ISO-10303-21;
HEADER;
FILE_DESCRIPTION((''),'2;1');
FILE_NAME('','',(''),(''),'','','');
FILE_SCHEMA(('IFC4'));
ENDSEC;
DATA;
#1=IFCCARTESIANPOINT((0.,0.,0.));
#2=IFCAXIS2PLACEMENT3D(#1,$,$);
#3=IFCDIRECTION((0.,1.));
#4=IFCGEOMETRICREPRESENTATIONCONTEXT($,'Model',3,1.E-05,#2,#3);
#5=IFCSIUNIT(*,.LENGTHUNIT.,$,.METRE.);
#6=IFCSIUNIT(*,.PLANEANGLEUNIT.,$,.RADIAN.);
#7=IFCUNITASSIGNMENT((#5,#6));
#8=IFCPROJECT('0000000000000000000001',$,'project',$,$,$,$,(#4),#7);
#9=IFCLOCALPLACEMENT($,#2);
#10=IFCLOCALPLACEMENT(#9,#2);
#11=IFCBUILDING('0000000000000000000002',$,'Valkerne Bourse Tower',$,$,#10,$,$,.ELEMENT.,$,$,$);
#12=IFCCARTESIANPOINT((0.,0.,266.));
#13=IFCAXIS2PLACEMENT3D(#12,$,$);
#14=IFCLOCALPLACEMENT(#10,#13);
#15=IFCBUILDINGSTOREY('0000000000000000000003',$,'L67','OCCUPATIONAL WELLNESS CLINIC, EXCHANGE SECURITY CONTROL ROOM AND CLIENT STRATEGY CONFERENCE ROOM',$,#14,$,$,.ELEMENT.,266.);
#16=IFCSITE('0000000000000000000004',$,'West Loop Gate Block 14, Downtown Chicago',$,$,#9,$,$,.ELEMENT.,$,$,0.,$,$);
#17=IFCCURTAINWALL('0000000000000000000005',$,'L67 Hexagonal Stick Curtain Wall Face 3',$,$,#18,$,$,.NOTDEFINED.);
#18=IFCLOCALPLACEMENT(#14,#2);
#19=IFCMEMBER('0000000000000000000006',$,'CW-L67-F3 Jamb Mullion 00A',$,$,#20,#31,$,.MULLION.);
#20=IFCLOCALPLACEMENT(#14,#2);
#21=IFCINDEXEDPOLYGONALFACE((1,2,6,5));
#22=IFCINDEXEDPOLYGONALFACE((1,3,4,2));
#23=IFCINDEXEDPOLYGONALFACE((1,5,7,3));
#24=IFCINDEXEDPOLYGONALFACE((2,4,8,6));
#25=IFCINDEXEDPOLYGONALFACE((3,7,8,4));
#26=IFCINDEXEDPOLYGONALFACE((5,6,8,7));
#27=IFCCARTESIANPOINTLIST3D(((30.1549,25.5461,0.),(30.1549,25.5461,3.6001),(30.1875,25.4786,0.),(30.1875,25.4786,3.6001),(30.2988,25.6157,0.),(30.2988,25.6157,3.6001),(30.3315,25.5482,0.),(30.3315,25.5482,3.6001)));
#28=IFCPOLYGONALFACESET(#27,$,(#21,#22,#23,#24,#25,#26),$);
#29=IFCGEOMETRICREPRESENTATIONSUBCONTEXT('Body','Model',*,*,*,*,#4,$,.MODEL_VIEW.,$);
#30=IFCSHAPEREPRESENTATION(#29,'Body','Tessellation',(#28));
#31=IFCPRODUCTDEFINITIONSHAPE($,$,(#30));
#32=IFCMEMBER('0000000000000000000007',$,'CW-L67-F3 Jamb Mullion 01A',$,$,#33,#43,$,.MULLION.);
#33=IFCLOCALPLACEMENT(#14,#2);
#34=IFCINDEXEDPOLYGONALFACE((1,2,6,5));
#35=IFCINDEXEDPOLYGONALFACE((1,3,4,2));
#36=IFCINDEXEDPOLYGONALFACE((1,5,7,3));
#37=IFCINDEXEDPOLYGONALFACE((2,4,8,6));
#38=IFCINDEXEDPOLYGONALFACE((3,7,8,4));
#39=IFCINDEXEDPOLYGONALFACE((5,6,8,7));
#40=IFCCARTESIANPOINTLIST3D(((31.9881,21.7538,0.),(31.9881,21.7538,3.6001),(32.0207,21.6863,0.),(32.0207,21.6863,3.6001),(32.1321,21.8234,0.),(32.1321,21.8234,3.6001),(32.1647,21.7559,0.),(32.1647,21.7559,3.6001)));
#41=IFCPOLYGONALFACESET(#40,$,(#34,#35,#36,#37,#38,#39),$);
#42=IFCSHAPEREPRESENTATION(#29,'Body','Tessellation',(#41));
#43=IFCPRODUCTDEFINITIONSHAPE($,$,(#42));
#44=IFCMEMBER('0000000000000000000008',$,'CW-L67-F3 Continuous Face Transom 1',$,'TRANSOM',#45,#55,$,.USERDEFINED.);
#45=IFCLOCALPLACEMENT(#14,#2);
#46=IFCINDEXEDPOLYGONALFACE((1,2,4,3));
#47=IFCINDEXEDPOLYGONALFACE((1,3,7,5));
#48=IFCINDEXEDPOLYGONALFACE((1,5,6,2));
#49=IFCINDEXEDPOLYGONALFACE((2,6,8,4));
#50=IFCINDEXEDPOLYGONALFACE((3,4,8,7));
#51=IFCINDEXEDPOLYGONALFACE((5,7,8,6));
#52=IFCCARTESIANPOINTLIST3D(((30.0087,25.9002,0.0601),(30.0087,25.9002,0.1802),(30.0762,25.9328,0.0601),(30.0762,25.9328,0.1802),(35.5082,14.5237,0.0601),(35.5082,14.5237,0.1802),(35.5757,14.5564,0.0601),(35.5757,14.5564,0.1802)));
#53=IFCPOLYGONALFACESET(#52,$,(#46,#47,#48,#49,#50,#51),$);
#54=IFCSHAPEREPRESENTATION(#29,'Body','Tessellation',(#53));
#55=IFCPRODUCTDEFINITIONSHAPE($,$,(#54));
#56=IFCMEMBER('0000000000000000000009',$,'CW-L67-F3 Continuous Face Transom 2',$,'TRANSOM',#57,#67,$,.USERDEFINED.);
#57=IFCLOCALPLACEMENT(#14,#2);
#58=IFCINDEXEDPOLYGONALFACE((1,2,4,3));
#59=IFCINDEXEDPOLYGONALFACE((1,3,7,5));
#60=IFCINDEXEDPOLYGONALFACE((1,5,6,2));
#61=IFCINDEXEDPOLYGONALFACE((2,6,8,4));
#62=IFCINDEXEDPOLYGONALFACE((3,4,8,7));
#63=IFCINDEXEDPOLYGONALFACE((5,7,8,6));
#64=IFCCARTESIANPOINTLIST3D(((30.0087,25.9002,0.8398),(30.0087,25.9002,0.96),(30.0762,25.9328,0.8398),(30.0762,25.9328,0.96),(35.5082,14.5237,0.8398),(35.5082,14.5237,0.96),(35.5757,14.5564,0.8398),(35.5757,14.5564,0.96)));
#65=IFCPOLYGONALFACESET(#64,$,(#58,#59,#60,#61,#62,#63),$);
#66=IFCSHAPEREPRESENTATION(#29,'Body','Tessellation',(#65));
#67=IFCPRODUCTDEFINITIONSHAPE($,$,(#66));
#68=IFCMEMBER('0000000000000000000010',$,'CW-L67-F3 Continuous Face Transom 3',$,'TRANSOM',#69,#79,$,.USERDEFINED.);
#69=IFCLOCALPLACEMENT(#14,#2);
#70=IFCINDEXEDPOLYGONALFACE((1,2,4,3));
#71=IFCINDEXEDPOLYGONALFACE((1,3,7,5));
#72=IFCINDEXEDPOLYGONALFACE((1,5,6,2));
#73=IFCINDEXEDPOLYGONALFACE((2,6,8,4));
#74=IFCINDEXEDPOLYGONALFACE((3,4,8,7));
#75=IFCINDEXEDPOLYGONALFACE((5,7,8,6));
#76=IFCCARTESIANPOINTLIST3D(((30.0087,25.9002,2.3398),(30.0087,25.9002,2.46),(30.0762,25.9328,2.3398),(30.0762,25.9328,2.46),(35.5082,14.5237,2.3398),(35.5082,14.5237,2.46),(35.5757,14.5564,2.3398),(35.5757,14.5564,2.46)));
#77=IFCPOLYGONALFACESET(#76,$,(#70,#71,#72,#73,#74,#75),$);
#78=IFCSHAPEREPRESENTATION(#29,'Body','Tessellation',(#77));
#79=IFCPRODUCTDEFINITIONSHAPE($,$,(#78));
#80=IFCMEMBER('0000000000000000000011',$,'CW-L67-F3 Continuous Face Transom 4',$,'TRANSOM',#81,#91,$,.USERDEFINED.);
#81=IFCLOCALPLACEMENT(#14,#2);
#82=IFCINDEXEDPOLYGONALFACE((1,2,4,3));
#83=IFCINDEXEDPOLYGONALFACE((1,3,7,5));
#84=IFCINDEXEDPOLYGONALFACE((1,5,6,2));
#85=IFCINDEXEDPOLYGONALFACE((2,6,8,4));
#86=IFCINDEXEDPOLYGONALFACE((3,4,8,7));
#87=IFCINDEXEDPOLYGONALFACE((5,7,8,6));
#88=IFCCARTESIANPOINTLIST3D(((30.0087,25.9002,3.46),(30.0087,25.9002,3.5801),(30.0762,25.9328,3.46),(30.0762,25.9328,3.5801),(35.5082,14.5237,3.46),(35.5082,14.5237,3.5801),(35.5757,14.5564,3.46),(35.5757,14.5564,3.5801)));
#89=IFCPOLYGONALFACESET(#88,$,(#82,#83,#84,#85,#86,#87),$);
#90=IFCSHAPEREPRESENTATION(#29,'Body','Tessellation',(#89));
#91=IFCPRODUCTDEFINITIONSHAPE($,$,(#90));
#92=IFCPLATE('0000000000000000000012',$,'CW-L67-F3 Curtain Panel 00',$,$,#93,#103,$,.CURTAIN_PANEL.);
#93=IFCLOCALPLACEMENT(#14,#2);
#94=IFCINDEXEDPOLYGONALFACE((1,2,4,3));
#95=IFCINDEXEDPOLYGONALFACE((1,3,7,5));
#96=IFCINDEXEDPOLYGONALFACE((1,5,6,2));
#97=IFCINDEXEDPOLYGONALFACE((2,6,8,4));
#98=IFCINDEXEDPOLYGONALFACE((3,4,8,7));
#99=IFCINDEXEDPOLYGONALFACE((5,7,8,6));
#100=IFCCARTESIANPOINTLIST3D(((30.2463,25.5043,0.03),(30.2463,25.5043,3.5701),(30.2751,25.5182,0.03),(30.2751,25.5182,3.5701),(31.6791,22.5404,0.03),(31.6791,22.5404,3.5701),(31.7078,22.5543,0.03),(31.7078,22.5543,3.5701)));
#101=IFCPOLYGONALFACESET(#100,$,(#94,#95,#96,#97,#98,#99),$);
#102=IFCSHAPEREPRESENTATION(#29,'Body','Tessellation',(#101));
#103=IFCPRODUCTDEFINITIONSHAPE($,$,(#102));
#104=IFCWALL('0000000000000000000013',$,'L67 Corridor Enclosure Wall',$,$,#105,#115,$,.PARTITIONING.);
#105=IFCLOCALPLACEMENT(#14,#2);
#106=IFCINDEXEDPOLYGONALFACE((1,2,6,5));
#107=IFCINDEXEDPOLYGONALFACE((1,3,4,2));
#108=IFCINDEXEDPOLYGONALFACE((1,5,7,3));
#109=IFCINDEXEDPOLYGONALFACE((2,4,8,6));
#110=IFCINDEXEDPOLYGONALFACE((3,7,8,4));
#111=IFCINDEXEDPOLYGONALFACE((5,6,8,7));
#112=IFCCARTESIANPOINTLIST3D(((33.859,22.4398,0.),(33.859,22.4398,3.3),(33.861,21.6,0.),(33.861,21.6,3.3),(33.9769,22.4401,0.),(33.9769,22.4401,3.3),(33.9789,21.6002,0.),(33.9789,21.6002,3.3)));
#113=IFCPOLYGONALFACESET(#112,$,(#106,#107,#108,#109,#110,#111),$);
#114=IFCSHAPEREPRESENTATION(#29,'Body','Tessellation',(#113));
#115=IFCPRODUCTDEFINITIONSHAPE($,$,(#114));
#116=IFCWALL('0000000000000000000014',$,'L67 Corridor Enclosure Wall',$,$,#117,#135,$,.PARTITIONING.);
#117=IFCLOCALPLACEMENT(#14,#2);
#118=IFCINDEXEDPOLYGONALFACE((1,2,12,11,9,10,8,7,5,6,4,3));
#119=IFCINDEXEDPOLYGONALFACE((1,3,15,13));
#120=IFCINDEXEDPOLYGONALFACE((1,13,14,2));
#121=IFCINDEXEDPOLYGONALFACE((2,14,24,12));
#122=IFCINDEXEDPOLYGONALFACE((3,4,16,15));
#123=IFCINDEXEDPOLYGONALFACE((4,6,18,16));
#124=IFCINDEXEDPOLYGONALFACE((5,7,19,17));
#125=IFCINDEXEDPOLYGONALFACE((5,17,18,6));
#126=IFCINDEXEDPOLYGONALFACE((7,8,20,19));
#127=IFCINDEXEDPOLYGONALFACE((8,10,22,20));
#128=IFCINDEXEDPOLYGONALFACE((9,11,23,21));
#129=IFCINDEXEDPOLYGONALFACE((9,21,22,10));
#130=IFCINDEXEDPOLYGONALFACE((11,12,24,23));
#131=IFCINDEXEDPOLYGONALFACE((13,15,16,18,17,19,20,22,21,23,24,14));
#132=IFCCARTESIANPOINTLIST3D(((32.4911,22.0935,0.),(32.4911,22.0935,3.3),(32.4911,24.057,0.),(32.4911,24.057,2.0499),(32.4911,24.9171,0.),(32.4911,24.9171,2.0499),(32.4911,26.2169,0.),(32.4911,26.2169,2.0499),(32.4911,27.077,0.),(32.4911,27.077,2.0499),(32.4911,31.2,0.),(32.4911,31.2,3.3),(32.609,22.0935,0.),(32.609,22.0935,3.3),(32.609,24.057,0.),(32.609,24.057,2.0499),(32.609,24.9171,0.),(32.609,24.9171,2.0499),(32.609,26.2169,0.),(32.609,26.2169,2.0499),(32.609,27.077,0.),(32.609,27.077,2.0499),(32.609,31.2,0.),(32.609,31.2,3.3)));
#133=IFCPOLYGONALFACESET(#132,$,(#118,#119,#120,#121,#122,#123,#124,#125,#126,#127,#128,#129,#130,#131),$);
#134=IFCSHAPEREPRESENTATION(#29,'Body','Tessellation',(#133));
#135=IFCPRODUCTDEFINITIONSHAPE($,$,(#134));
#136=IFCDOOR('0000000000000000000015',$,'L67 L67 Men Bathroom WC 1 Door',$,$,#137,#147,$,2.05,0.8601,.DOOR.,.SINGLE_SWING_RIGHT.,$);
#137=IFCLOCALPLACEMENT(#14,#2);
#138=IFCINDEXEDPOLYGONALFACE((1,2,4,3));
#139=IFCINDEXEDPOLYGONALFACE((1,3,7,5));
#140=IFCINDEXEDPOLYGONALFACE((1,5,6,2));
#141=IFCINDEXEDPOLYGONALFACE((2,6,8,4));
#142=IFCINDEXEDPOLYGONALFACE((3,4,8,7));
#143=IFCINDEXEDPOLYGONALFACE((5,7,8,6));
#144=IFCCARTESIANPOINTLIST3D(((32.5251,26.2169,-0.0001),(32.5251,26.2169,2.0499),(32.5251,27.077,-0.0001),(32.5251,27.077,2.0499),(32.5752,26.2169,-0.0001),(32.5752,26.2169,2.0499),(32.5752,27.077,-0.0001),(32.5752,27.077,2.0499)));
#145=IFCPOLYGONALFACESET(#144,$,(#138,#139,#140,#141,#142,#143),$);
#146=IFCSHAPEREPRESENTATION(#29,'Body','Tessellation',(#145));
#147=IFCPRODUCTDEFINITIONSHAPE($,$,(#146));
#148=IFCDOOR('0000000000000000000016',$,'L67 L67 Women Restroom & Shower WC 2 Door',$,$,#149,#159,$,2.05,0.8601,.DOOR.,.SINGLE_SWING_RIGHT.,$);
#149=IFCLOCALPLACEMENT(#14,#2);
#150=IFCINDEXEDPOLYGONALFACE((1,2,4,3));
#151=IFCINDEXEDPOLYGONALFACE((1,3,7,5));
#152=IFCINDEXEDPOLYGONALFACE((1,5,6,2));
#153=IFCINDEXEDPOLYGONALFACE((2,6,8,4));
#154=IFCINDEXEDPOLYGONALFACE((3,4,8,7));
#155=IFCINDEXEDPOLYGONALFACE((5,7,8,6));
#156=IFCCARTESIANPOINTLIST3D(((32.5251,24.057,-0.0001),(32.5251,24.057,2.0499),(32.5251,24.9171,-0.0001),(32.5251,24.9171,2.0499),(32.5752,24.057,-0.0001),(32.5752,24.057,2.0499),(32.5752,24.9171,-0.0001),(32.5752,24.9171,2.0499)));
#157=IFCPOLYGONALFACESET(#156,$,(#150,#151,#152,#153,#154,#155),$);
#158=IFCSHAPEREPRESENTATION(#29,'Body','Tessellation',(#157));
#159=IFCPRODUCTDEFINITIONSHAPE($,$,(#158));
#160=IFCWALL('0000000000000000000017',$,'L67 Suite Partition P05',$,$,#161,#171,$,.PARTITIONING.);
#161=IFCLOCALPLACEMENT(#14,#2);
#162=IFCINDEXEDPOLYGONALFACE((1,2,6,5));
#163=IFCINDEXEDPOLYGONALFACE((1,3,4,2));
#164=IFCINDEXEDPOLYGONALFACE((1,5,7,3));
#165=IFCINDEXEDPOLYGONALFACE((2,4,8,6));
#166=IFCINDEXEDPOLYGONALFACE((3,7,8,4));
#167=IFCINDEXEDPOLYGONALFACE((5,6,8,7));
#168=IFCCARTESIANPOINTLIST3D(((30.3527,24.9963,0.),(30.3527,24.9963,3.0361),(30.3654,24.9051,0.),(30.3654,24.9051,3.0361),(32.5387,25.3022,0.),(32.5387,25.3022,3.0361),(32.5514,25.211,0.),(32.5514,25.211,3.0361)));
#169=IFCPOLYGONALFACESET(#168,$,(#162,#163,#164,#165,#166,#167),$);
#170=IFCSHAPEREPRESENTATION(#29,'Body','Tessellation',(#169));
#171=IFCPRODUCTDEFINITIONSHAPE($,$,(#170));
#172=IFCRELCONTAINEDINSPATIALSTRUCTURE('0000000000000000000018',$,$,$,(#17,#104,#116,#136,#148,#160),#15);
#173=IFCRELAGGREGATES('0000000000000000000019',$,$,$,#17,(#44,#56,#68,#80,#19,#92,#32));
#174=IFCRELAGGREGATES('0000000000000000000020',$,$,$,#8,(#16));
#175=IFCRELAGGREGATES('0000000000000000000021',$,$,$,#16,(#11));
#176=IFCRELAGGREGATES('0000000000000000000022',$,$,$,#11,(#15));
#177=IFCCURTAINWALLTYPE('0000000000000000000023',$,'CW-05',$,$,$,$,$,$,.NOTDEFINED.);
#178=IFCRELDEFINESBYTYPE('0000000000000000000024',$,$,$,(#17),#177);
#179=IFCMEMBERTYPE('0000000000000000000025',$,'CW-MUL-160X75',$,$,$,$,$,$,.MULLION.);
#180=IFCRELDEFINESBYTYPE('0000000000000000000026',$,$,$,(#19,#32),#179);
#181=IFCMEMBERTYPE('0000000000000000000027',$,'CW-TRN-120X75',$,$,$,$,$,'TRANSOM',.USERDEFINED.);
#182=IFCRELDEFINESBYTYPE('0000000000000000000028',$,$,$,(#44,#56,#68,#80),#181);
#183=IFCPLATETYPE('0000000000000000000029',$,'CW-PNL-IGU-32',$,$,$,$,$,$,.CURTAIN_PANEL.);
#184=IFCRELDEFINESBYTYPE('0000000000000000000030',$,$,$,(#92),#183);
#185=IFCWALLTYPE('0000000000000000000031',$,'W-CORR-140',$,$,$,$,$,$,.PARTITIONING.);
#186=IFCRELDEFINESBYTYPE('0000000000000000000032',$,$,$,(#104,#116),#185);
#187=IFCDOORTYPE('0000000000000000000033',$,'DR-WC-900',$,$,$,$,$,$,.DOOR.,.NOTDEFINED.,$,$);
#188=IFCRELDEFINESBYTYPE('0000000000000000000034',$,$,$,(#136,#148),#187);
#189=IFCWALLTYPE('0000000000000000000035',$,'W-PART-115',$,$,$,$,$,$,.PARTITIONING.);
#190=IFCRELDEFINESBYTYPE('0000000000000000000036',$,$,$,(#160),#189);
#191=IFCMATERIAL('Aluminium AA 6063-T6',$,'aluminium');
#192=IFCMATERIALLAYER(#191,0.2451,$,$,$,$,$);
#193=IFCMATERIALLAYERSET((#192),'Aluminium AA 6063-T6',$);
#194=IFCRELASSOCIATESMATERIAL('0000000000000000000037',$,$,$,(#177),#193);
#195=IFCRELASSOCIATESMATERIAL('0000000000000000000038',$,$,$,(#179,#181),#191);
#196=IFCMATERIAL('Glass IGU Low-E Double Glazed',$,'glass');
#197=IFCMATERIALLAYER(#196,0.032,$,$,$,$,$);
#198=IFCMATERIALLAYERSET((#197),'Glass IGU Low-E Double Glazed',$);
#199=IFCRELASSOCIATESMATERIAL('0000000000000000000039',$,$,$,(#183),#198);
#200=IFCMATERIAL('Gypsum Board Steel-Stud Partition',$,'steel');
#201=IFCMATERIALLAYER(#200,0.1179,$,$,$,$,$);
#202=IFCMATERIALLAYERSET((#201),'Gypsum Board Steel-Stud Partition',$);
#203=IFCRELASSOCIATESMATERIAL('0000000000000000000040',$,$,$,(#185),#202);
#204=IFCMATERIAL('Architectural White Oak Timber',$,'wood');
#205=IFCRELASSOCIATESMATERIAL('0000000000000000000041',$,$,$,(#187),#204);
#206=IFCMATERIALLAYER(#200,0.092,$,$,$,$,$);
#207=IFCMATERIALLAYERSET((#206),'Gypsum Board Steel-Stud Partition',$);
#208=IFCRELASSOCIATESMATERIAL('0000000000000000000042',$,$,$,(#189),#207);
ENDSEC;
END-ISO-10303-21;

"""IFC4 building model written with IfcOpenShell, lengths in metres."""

from ifc_helpers import new_model, si_unit, direction, frame, frame_2d, origin, origin_2d, place, context, subcontext, project, spatial, rectangle, extrude, material, layer, layer_set, material_profile, profile_set, type_object, element, fill, aggregate, save


model = new_model("IFC4")

# Units and contexts
model_context = context("Model", 3, precision=1e-05, world=origin(), true_north=direction((0.0, 1.0)))
body_context = subcontext(model_context, "Body", "Model", "MODEL_VIEW")
ifc_project = project(units=[si_unit("LENGTHUNIT", "METRE"), si_unit("PLANEANGLEUNIT", "RADIAN")], contexts=[model_context])

# Site, building, storey
site_placement = place(None, origin())
site = spatial("IfcSite", under=ifc_project, at=site_placement, Name="West Loop Gate Block 14, Downtown Chicago", CompositionType="ELEMENT", RefElevation=0.0)
building_placement = place(site_placement, origin())
building = spatial("IfcBuilding", under=site, at=building_placement, Name="Valkerne Bourse Tower", CompositionType="ELEMENT")
storey_placement = place(building_placement, frame((0.0, 0.0, 266.0)))
storey = spatial("IfcBuildingStorey", under=building, at=storey_placement, Name="L67", Description="OCCUPATIONAL WELLNESS CLINIC, EXCHANGE SECURITY CONTROL ROOM AND CLIENT STRATEGY CONFERENCE ROOM", CompositionType="ELEMENT", Elevation=266.0)

# Curtain wall, members, plate
ifc_material_1 = material(Name="Aluminium AA 6063-T6", Category="aluminium")
ifc_layer_1 = layer(ifc_material_1, 0.2451)
ifc_layer_set_1 = layer_set([ifc_layer_1], Name="Aluminium AA 6063-T6")
curtain_wall_type = type_object("IfcCurtainWallType", Name="CW-05", PredefinedType="NOTDEFINED", material=ifc_layer_set_1)
curtain_wall_placement = place(storey_placement, origin())
curtain_wall = element("IfcCurtainWall", 1, at=curtain_wall_placement, inside=storey, type_object=curtain_wall_type, Name="L67 Hexagonal Stick Curtain Wall Face 3", PredefinedType="NOTDEFINED")
ifc_material_profile_1 = material_profile(ifc_material_1, rectangle(XDim=0.075, YDim=0.1599, at=origin_2d()), Name="CWM-75X160")
ifc_profile_set_1 = profile_set([ifc_material_profile_1], Name="Aluminium AA 6063-T6")
member_type_1 = type_object("IfcMemberType", Name="CW-MUL-160X75", PredefinedType="MULLION", material=ifc_profile_set_1)
member_1_placement = place(storey_placement, frame((30.2432, 25.5471, 0.0), z_axis=(0.0, 0.0, 1.0), x_axis=(0.435236, -0.900316, 0.0)))
member_1 = element("IfcMember", 2, at=member_1_placement, type_object=member_type_1, Name="CW-L67-F3 Jamb Mullion 00A", PredefinedType="MULLION", context=body_context, shape_type="SweptSolid", body=[
    extrude(rectangle(XDim=0.075, YDim=0.1599, at=origin_2d()), origin(), (0.0, 0.0, 1.0), 3.6001),
])
member_2_placement = place(storey_placement, frame((32.0764, 21.7549, 0.0), z_axis=(0.0, 0.0, 1.0), x_axis=(0.435236, -0.900316, 0.0)))
member_2 = element("IfcMember", 3, at=member_2_placement, type_object=member_type_1, Name="CW-L67-F3 Jamb Mullion 01A", PredefinedType="MULLION", context=body_context, shape_type="SweptSolid", body=[
    extrude(rectangle(XDim=0.075, YDim=0.1599, at=origin_2d()), origin(), (0.0, 0.0, 1.0), 3.6001),
])
ifc_material_profile_2 = material_profile(ifc_material_1, rectangle(XDim=0.075, YDim=0.1201, at=origin_2d()), Name="CWT-75X120")
ifc_profile_set_2 = profile_set([ifc_material_profile_2], Name="Aluminium AA 6063-T6")
member_type_2 = type_object("IfcMemberType", Name="CW-TRN-120X75", ElementType="TRANSOM", PredefinedType="USERDEFINED", material=ifc_profile_set_2)
member_3_placement = place(storey_placement, frame((30.0425, 25.9165, 0.1201), z_axis=(0.435226, -0.900321, 0.0), x_axis=(0.900321, 0.435226, 0.0)))
member_3 = element("IfcMember", 4, at=member_3_placement, type_object=member_type_2, Name="CW-L67-F3 Continuous Face Transom 1", ObjectType="TRANSOM", PredefinedType="USERDEFINED", context=body_context, shape_type="SweptSolid", body=[
    extrude(rectangle(XDim=0.075, YDim=0.1201, at=origin_2d()), origin(), (0.0, 0.0, 1.0), 12.636),
])
member_4_placement = place(storey_placement, frame((30.0425, 25.9165, 0.8999), z_axis=(0.435226, -0.900321, 0.0), x_axis=(0.900321, 0.435226, 0.0)))
member_4 = element("IfcMember", 5, at=member_4_placement, type_object=member_type_2, Name="CW-L67-F3 Continuous Face Transom 2", ObjectType="TRANSOM", PredefinedType="USERDEFINED", context=body_context, shape_type="SweptSolid", body=[
    extrude(rectangle(XDim=0.075, YDim=0.1201, at=origin_2d()), origin(), (0.0, 0.0, 1.0), 12.636),
])
member_5_placement = place(storey_placement, frame((30.0425, 25.9165, 2.3999), z_axis=(0.435226, -0.900321, 0.0), x_axis=(0.900321, 0.435226, 0.0)))
member_5 = element("IfcMember", 6, at=member_5_placement, type_object=member_type_2, Name="CW-L67-F3 Continuous Face Transom 3", ObjectType="TRANSOM", PredefinedType="USERDEFINED", context=body_context, shape_type="SweptSolid", body=[
    extrude(rectangle(XDim=0.075, YDim=0.1201, at=origin_2d()), origin(), (0.0, 0.0, 1.0), 12.636),
])
member_6_placement = place(storey_placement, frame((30.0425, 25.9165, 3.52), z_axis=(0.435226, -0.900321, 0.0), x_axis=(0.900321, 0.435226, 0.0)))
member_6 = element("IfcMember", 7, at=member_6_placement, type_object=member_type_2, Name="CW-L67-F3 Continuous Face Transom 4", ObjectType="TRANSOM", PredefinedType="USERDEFINED", context=body_context, shape_type="SweptSolid", body=[
    extrude(rectangle(XDim=0.075, YDim=0.1201, at=origin_2d()), origin(), (0.0, 0.0, 1.0), 12.636),
])
ifc_material_2 = material(Name="Glass IGU Low-E Double Glazed", Category="glass")
ifc_layer_2 = layer(ifc_material_2, 0.032)
ifc_layer_set_2 = layer_set([ifc_layer_2], Name="Glass IGU Low-E Double Glazed")
plate_type = type_object("IfcPlateType", Name="CW-PNL-IGU-32", PredefinedType="CURTAIN_PANEL", material=ifc_layer_set_2)
plate_placement = place(storey_placement, frame((30.9771, 24.0293, 0.03), z_axis=(0.0, 0.0, 1.0), x_axis=(0.435236, -0.900316, 0.0)))
plate = element("IfcPlate", 8, at=plate_placement, type_object=plate_type, Name="CW-L67-F3 Curtain Panel 00", PredefinedType="CURTAIN_PANEL", context=body_context, shape_type="SweptSolid", body=[
    extrude(rectangle(XDim=3.292, YDim=0.032, at=origin_2d()), origin(), (0.0, 0.0, 1.0), 3.54),
])
aggregate(curtain_wall, [member_3, member_4, member_5, member_6, member_1, plate, member_2])

# Wall
ifc_material_3 = material(Name="Gypsum Board Steel-Stud Partition", Category="steel")
ifc_layer_3 = layer(ifc_material_3, 0.1179)
ifc_layer_set_3 = layer_set([ifc_layer_3], Name="Gypsum Board Steel-Stud Partition")
wall_type_1 = type_object("IfcWallType", Name="W-CORR-140", PredefinedType="PARTITIONING", material=ifc_layer_set_3)
wall_1_placement = place(storey_placement, frame((33.918, 22.4399, 0.0), z_axis=(0.0, 0.0, 1.0), x_axis=(0.002326, -0.999997, 0.0)))
element("IfcWall", 9, at=wall_1_placement, inside=storey, type_object=wall_type_1, Name="L67 Corridor Enclosure Wall", PredefinedType="PARTITIONING", context=body_context, shape_type="SweptSolid", body=[
    extrude(rectangle(XDim=0.8398, YDim=0.1179, at=frame_2d((0.4199, 0.0))), origin(), (0.0, 0.0, 1.0), 3.3),
])

# Wall, openings, doors
wall_2_placement = place(storey_placement, frame((32.55, 22.0935, 0.0), z_axis=(0.0, 0.0, 1.0), x_axis=(0.0, 1.0, 0.0)))
wall_2 = element("IfcWall", 10, at=wall_2_placement, inside=storey, type_object=wall_type_1, Name="L67 Corridor Enclosure Wall", PredefinedType="PARTITIONING", context=body_context, shape_type="SweptSolid", body=[
    extrude(rectangle(XDim=9.1064, YDim=0.1179, at=frame_2d((4.5532, 0.0))), origin(), (0.0, 0.0, 1.0), 3.3),
])
opening_1_placement = place(wall_2_placement, frame((4.1233, 0.0, 0.0)))
opening_1 = element("IfcOpeningElement", 11, at=opening_1_placement, cuts=wall_2, PredefinedType="OPENING", context=body_context, shape_type="SweptSolid", body=[
    extrude(rectangle(XDim=0.8601, YDim=2.05, at=frame_2d((0.4302, 1.0249))), frame((0.0, 0.0688, 0.0), z_axis=(0.0, -1.0, 0.0), x_axis=(1.0, 0.0, 0.0)), (0.0, 0.0, 1.0), 0.1379),
])
opening_2_placement = place(wall_2_placement, frame((1.9634, 0.0, 0.0)))
opening_2 = element("IfcOpeningElement", 12, at=opening_2_placement, cuts=wall_2, PredefinedType="OPENING", context=body_context, shape_type="SweptSolid", body=[
    extrude(rectangle(XDim=0.8601, YDim=2.05, at=frame_2d((0.4302, 1.0249))), frame((0.0, 0.0688, 0.0), z_axis=(0.0, -1.0, 0.0), x_axis=(1.0, 0.0, 0.0)), (0.0, 0.0, 1.0), 0.1379),
])
ifc_material_4 = material(Name="Architectural White Oak Timber", Category="wood")
door_type_1 = type_object("IfcDoorType", Name="DR-WC-900", OperationType="NOTDEFINED", PredefinedType="DOOR", material=ifc_material_4)
door_1_placement = place(opening_1_placement, origin())
door_1 = element("IfcDoor", 13, at=door_1_placement, inside=storey, type_object=door_type_1, Name="L67 L67 Men Bathroom WC 1 Door", OperationType="SINGLE_SWING_RIGHT", OverallHeight=2.05, OverallWidth=0.8601, PredefinedType="DOOR", context=body_context, shape_type="SweptSolid", body=[
    extrude(rectangle(XDim=0.8601, YDim=2.05, at=frame_2d((0.4302, 1.0249))), frame((0.0, 0.0249, 0.0), z_axis=(0.0, -1.0, 0.0), x_axis=(1.0, 0.0, 0.0)), (0.0, 0.0, 1.0), 0.05),
])
fill(opening_1, door_1)
door_2_placement = place(opening_2_placement, origin())
door_2 = element("IfcDoor", 14, at=door_2_placement, inside=storey, type_object=door_type_1, Name="L67 L67 Women Restroom & Shower WC 2 Door", OperationType="SINGLE_SWING_RIGHT", OverallHeight=2.05, OverallWidth=0.8601, PredefinedType="DOOR", context=body_context, shape_type="SweptSolid", body=[
    extrude(rectangle(XDim=0.8601, YDim=2.05, at=frame_2d((0.4302, 1.0249))), frame((0.0, 0.0249, 0.0), z_axis=(0.0, -1.0, 0.0), x_axis=(1.0, 0.0, 0.0)), (0.0, 0.0, 1.0), 0.05),
])
fill(opening_2, door_2)

# Wall
ifc_layer_4 = layer(ifc_material_3, 0.092)
ifc_layer_set_4 = layer_set([ifc_layer_4], Name="Gypsum Board Steel-Stud Partition")
wall_type_2 = type_object("IfcWallType", Name="W-PART-115", PredefinedType="PARTITIONING", material=ifc_layer_set_4)
wall_3_placement = place(storey_placement, frame((32.5449, 25.2566, 0.0), z_axis=(0.0, 0.0, 1.0), x_axis=(-0.99035, -0.138587, 0.0)))
element("IfcWall", 15, at=wall_3_placement, inside=storey, type_object=wall_type_2, Name="L67 Suite Partition P05", PredefinedType="PARTITIONING", context=body_context, shape_type="SweptSolid", body=[
    extrude(rectangle(XDim=2.2073, YDim=0.092, at=frame_2d((1.1035, 0.0))), origin(), (0.0, 0.0, 1.0), 3.0361),
])

save(model, "model.ifc")
